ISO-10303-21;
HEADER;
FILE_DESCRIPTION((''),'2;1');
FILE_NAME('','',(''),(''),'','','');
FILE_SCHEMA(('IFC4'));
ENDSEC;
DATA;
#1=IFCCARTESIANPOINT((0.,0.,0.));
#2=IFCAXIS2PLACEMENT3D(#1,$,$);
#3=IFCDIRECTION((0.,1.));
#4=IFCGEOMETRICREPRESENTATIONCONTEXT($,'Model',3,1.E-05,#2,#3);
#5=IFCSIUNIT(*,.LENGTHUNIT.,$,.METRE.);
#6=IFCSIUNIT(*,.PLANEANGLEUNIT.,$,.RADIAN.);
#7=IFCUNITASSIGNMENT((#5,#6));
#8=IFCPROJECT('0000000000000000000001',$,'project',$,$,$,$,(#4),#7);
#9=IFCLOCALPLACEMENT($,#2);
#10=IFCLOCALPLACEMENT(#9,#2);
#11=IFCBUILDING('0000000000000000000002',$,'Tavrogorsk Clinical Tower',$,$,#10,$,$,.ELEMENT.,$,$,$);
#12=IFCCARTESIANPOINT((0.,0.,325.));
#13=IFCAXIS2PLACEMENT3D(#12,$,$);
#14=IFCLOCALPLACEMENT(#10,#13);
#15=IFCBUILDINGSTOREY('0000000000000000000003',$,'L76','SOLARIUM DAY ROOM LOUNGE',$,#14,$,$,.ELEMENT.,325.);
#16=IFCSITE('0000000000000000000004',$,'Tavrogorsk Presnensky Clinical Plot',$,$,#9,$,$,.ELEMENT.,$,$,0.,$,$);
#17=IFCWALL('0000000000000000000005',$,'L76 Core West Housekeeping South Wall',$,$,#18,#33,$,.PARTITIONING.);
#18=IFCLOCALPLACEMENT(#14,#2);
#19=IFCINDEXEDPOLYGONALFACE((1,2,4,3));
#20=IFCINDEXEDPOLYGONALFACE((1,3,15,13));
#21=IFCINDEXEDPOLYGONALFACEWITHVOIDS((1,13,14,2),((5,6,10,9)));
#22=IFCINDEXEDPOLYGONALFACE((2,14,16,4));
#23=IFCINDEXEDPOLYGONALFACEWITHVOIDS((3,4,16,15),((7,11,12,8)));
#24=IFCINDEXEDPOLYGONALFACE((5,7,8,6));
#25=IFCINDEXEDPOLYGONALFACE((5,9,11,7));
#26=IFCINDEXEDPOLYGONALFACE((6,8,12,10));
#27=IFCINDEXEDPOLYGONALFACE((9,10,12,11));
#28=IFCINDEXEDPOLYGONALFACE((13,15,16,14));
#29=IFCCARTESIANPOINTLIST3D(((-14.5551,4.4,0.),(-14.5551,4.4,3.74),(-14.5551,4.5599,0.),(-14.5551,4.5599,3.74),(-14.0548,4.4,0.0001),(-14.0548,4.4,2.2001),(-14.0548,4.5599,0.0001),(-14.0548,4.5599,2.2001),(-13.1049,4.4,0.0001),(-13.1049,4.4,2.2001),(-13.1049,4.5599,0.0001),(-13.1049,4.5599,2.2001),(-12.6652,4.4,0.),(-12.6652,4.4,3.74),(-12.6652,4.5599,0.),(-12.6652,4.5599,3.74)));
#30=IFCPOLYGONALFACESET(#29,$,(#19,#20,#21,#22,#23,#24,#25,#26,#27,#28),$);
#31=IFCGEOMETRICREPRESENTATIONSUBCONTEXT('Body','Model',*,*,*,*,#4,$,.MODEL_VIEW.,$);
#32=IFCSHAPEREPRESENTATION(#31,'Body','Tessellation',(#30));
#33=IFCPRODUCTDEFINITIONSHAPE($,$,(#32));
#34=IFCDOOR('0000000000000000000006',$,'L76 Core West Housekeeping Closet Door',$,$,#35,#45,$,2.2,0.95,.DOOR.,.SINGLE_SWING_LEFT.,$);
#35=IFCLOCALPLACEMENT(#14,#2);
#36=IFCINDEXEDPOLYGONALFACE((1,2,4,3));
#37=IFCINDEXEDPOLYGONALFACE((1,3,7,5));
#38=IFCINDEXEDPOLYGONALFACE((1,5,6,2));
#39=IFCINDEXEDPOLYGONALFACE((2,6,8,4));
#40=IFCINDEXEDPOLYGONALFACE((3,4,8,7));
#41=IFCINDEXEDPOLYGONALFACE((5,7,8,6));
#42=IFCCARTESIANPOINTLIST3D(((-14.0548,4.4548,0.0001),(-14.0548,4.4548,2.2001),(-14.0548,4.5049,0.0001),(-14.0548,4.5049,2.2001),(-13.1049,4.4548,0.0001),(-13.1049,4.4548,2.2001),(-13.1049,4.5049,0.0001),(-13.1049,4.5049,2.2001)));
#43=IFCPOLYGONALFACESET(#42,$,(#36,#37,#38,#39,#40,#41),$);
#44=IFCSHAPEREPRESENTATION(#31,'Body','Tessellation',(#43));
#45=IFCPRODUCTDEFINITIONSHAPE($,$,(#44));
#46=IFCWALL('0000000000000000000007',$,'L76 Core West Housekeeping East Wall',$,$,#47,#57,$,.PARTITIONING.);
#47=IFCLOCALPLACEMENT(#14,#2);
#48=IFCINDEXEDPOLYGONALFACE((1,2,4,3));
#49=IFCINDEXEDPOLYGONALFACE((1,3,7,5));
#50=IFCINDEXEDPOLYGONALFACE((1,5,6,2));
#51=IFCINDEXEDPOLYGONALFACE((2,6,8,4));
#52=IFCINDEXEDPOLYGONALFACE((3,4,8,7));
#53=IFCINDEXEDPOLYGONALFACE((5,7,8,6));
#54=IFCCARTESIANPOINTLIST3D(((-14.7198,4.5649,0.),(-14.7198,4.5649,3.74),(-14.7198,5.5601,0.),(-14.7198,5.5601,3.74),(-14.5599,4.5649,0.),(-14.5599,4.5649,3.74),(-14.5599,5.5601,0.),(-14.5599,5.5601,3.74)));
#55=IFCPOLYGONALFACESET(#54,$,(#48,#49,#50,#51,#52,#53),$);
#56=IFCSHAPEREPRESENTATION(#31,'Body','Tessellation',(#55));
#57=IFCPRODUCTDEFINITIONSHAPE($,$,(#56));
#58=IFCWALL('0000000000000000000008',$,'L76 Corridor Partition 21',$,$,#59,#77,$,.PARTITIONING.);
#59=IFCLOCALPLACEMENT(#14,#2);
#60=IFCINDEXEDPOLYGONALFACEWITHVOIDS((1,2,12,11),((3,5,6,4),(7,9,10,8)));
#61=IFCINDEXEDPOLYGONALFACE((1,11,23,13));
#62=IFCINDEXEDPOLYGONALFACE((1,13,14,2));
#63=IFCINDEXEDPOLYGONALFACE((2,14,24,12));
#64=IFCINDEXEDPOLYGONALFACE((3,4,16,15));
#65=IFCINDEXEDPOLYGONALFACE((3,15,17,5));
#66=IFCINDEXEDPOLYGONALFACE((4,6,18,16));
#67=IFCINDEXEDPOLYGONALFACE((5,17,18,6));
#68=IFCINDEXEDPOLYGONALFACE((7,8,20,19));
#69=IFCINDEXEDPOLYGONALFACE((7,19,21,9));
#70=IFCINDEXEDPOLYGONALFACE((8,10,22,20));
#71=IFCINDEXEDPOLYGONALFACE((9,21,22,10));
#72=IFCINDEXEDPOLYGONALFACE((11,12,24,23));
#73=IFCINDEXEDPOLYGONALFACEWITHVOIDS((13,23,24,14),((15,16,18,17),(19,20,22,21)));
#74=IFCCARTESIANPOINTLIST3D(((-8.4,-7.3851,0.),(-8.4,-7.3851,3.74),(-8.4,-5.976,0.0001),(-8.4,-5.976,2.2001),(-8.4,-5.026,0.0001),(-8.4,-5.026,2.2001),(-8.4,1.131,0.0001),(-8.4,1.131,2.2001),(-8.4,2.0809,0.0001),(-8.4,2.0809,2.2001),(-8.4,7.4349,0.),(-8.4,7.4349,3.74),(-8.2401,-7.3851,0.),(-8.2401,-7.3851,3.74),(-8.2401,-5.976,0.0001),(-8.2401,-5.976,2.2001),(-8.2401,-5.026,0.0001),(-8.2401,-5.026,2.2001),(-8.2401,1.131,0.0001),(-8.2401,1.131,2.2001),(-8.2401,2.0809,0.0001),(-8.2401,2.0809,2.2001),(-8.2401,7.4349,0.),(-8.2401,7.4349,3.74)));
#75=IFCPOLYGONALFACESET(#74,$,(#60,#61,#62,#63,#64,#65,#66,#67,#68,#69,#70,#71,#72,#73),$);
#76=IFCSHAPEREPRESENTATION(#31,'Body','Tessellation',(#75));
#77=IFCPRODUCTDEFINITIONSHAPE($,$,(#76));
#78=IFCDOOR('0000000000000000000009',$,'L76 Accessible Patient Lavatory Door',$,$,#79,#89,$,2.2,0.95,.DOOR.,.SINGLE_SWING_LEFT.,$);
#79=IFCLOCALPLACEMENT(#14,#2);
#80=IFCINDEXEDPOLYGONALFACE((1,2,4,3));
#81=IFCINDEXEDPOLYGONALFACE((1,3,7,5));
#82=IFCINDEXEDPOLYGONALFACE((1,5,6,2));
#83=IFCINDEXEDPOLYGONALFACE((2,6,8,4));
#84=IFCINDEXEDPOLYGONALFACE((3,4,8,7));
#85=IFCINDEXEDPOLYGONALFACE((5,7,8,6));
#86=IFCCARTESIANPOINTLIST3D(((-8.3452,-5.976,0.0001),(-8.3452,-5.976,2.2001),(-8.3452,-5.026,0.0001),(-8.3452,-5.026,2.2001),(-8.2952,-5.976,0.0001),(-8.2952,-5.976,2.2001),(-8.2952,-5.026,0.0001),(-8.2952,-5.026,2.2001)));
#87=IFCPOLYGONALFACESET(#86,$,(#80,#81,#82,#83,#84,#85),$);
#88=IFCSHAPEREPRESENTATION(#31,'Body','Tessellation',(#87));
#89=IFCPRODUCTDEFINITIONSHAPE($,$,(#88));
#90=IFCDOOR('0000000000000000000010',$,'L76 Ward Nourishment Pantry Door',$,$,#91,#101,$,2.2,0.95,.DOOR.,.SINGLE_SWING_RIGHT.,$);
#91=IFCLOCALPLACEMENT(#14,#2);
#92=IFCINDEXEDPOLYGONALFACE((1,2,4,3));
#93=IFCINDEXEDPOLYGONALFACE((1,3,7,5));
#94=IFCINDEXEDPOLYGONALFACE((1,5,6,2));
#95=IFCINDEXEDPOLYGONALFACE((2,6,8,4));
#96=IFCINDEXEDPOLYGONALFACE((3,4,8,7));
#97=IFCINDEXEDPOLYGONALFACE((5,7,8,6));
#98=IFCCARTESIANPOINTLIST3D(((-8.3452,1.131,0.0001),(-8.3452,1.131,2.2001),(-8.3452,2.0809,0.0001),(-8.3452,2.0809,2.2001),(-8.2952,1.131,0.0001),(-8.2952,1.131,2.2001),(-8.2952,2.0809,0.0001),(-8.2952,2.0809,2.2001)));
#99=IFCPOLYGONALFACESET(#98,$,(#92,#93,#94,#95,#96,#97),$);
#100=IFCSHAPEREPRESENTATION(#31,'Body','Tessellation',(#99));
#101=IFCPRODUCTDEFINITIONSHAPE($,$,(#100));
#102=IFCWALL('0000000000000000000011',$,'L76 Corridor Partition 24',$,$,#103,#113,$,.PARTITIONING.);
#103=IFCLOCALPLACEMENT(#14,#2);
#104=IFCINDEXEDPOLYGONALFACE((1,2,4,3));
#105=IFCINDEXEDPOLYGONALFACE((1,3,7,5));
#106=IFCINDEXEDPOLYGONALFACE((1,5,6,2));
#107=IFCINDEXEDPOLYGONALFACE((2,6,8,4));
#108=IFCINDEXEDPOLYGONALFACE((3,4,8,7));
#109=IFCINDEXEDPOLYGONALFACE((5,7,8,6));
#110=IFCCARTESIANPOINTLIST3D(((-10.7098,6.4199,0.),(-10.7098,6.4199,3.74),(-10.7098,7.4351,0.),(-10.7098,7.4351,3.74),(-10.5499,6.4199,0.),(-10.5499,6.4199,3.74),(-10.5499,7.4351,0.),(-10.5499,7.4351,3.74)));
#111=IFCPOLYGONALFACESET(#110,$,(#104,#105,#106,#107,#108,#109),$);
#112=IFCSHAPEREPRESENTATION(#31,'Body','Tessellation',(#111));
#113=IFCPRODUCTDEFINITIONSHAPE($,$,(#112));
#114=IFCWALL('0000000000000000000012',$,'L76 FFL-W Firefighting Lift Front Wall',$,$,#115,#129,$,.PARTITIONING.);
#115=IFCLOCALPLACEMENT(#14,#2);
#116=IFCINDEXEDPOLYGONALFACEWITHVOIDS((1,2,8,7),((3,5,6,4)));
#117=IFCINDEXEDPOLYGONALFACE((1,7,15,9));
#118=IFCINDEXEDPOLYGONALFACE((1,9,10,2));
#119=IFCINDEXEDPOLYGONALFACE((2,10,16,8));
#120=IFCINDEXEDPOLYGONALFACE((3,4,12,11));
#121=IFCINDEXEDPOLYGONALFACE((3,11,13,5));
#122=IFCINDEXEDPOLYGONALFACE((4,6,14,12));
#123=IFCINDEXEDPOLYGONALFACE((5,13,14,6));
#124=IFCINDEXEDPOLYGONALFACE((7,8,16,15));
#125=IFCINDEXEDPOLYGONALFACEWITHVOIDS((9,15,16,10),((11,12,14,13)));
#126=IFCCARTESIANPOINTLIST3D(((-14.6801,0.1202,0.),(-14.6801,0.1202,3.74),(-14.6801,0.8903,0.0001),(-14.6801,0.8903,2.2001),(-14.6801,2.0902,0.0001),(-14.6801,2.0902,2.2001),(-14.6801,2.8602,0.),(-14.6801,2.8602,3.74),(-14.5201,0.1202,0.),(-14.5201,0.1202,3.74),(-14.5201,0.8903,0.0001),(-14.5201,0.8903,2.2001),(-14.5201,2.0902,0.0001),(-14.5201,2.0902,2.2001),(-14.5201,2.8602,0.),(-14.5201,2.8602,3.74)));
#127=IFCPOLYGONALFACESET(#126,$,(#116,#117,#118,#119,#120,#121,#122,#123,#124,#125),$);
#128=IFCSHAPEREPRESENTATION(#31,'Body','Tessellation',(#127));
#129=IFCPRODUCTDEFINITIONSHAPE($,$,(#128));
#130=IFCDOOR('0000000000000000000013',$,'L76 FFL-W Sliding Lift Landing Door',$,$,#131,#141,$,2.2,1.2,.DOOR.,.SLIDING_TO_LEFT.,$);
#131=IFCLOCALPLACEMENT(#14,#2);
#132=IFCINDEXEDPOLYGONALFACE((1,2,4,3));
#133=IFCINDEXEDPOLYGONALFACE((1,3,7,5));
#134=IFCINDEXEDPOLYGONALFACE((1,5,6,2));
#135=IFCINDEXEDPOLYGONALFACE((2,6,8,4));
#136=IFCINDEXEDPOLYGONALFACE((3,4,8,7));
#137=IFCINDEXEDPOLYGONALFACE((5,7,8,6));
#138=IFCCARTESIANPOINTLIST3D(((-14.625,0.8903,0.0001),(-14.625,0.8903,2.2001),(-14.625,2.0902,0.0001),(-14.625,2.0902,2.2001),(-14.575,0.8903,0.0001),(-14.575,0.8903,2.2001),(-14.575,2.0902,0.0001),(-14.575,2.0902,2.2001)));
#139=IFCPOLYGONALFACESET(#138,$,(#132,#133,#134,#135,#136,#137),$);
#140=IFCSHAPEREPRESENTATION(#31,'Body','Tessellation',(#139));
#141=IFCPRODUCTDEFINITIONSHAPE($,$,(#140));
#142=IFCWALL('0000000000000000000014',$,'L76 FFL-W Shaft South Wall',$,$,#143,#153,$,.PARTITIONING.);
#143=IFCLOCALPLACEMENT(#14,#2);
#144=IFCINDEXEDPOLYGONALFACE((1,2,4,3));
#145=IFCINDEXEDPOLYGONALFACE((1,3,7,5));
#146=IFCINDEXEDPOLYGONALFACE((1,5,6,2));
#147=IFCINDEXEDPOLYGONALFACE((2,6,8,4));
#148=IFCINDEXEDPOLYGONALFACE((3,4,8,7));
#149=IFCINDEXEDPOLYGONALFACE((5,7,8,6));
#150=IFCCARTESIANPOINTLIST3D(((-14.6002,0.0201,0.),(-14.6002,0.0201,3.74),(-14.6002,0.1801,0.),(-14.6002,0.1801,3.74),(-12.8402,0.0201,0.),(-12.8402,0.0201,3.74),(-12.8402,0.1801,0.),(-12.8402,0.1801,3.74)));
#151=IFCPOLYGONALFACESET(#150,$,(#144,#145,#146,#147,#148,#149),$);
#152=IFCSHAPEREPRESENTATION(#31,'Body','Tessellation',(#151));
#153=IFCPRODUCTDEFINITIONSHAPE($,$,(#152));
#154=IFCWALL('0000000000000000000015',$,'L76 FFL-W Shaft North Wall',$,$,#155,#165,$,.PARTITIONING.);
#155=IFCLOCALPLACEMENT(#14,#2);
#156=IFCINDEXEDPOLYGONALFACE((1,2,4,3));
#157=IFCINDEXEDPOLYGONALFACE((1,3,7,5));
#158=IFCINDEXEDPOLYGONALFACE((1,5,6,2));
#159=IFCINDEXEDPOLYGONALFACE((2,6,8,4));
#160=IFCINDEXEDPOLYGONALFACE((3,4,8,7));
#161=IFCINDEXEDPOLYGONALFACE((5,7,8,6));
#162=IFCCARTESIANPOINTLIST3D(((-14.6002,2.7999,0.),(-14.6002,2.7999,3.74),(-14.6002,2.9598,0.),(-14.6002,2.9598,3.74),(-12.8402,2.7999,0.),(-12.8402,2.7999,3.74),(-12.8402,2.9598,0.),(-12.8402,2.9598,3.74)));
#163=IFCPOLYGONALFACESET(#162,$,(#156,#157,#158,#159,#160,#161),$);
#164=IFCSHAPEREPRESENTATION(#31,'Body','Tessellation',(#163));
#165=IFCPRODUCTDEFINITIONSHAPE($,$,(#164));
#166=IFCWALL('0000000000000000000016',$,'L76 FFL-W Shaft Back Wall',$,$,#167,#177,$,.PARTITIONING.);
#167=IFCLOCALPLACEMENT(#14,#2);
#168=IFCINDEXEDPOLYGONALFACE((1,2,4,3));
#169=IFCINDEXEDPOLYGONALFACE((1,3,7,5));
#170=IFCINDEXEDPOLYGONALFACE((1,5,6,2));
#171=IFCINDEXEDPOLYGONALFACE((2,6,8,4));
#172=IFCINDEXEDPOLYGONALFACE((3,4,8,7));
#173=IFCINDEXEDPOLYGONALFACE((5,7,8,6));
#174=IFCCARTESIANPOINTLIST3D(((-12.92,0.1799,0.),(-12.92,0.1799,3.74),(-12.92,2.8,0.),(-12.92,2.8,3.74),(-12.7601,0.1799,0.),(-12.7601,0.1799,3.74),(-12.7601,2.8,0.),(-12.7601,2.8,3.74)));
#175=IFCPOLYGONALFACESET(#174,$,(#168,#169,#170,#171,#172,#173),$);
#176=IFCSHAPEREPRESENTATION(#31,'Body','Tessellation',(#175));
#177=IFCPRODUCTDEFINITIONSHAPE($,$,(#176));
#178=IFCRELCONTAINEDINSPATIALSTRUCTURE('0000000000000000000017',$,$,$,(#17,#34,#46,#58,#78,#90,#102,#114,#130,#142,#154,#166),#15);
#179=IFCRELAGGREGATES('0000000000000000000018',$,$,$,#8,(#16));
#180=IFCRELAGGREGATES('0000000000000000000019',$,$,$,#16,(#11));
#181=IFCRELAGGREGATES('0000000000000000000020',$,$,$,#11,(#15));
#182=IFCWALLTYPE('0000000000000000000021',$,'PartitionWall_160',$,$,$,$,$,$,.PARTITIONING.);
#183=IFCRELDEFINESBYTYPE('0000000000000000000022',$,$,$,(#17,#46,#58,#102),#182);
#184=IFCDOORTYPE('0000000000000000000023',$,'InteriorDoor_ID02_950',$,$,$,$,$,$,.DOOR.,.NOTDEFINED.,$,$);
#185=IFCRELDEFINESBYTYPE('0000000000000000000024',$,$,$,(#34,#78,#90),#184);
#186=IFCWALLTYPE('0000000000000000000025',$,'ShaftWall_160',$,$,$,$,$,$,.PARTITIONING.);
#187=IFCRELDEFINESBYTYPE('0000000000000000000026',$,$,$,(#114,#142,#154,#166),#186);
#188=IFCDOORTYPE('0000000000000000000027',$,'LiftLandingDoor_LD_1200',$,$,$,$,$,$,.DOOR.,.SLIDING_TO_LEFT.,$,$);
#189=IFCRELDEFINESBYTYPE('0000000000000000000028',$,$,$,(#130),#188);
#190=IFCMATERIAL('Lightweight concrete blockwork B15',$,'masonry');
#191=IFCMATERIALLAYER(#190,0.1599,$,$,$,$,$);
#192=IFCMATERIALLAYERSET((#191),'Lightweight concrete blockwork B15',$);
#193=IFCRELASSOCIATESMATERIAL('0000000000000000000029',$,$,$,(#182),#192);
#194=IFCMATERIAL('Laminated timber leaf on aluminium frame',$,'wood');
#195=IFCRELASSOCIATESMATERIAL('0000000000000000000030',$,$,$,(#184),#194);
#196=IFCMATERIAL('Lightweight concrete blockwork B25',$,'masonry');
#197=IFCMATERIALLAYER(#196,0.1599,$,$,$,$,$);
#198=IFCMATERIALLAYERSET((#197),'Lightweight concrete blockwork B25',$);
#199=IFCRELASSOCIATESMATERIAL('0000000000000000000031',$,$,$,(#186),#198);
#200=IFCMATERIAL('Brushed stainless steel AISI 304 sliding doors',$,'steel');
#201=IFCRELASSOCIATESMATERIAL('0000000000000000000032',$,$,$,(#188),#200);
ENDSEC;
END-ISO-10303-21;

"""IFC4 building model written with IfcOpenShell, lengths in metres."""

from ifc_helpers import new_model, si_unit, direction, frame, frame_2d, origin, place, context, subcontext, project, spatial, rectangle, extrude, material, layer, layer_set, type_object, element, fill, save


model = new_model("IFC4")

# Units and contexts
model_context = context("Model", 3, precision=1e-05, world=origin(), true_north=direction((0.0, 1.0)))
body_context = subcontext(model_context, "Body", "Model", "MODEL_VIEW")
ifc_project = project(units=[si_unit("LENGTHUNIT", "METRE"), si_unit("PLANEANGLEUNIT", "RADIAN")], contexts=[model_context])

# Site, building, storey
site_placement = place(None, origin())
site = spatial("IfcSite", under=ifc_project, at=site_placement, Name="Tavrogorsk Presnensky Clinical Plot", CompositionType="ELEMENT", RefElevation=0.0)
building_placement = place(site_placement, origin())
building = spatial("IfcBuilding", under=site, at=building_placement, Name="Tavrogorsk Clinical Tower", CompositionType="ELEMENT")
storey_placement = place(building_placement, frame((0.0, 0.0, 325.0)))
storey = spatial("IfcBuildingStorey", under=building, at=storey_placement, Name="L76", Description="SOLARIUM DAY ROOM LOUNGE", CompositionType="ELEMENT", Elevation=325.0)

# Wall, opening, door
ifc_material_1 = material(Name="Lightweight concrete blockwork B15", Category="masonry")
ifc_layer_1 = layer(ifc_material_1, 0.1599)
ifc_layer_set_1 = layer_set([ifc_layer_1], Name="Lightweight concrete blockwork B15")
wall_type_1 = type_object("IfcWallType", Name="PartitionWall_160", PredefinedType="PARTITIONING", material=ifc_layer_set_1)
ifc_material_2 = material(Name="Laminated timber leaf on aluminium frame", Category="wood")
door_type_1 = type_object("IfcDoorType", Name="InteriorDoor_ID02_950", OperationType="NOTDEFINED", PredefinedType="DOOR", material=ifc_material_2)
wall_1_placement = place(storey_placement, frame((-14.5549, 4.48, 0.0), z_axis=(0.0, 0.0, 1.0), x_axis=(1.0, 0.0, 0.0)))
wall_1 = element("IfcWall", 1, at=wall_1_placement, inside=storey, type_object=wall_type_1, Name="L76 Core West Housekeeping South Wall", PredefinedType="PARTITIONING", context=body_context, shape_type="SweptSolid", body=[
    extrude(rectangle(XDim=1.8899, YDim=0.1599, at=frame_2d((0.9448, 0.0))), origin(), (0.0, 0.0, 1.0), 3.74),
])
opening_1_placement = place(wall_1_placement, frame((0.5, 0.0, 0.0)))
opening_1 = element("IfcOpeningElement", 2, at=opening_1_placement, cuts=wall_1, PredefinedType="OPENING", context=body_context, shape_type="SweptSolid", body=[
    extrude(rectangle(XDim=0.95, YDim=2.2, at=frame_2d((0.4751, 1.1001))), frame((0.0, 0.0898, 0.0), z_axis=(0.0, -1.0, 0.0), x_axis=(1.0, 0.0, 0.0)), (0.0, 0.0, 1.0), 0.1799),
])
door_1_placement = place(opening_1_placement, origin())
door_1 = element("IfcDoor", 3, at=door_1_placement, inside=storey, type_object=door_type_1, Name="L76 Core West Housekeeping Closet Door", OperationType="SINGLE_SWING_LEFT", OverallHeight=2.2, OverallWidth=0.95, PredefinedType="DOOR", context=body_context, shape_type="SweptSolid", body=[
    extrude(rectangle(XDim=0.95, YDim=2.2, at=frame_2d((0.4751, 1.1001))), frame((0.0, 0.0249, 0.0), z_axis=(0.0, -1.0, 0.0), x_axis=(1.0, 0.0, 0.0)), (0.0, 0.0, 1.0), 0.05),
])
fill(opening_1, door_1)

# Wall
wall_2_placement = place(storey_placement, frame((-14.6399, 4.5649, 0.0), z_axis=(0.0, 0.0, 1.0), x_axis=(0.0, 1.0, 0.0)))
element("IfcWall", 4, at=wall_2_placement, inside=storey, type_object=wall_type_1, Name="L76 Core West Housekeeping East Wall", PredefinedType="PARTITIONING", context=body_context, shape_type="SweptSolid", body=[
    extrude(rectangle(XDim=0.9951, YDim=0.1599, at=frame_2d((0.4976, 0.0))), origin(), (0.0, 0.0, 1.0), 3.74),
])

# Wall, openings, doors
wall_3_placement = place(storey_placement, frame((-8.3201, 7.4351, 0.0), z_axis=(0.0, 0.0, 1.0), x_axis=(0.0, -1.0, 0.0)))
wall_3 = element("IfcWall", 5, at=wall_3_placement, inside=storey, type_object=wall_type_1, Name="L76 Corridor Partition 21", PredefinedType="PARTITIONING", context=body_context, shape_type="SweptSolid", body=[
    extrude(rectangle(XDim=14.8201, YDim=0.1599, at=frame_2d((7.4102, 0.0))), origin(), (0.0, 0.0, 1.0), 3.74),
])
opening_2_placement = place(wall_3_placement, frame((12.4609, 0.0, 0.0)))
opening_2 = element("IfcOpeningElement", 6, at=opening_2_placement, cuts=wall_3, PredefinedType="OPENING", context=body_context, shape_type="SweptSolid", body=[
    extrude(rectangle(XDim=0.95, YDim=2.2, at=frame_2d((0.4751, 1.1001))), frame((0.0, 0.0898, 0.0), z_axis=(0.0, -1.0, 0.0), x_axis=(1.0, 0.0, 0.0)), (0.0, 0.0, 1.0), 0.1799),
])
opening_3_placement = place(wall_3_placement, frame((5.354, 0.0, 0.0)))
opening_3 = element("IfcOpeningElement", 7, at=opening_3_placement, cuts=wall_3, PredefinedType="OPENING", context=body_context, shape_type="SweptSolid", body=[
    extrude(rectangle(XDim=0.95, YDim=2.2, at=frame_2d((0.4751, 1.1001))), frame((0.0, 0.0898, 0.0), z_axis=(0.0, -1.0, 0.0), x_axis=(1.0, 0.0, 0.0)), (0.0, 0.0, 1.0), 0.1799),
])
door_2_placement = place(opening_2_placement, origin())
door_2 = element("IfcDoor", 8, at=door_2_placement, inside=storey, type_object=door_type_1, Name="L76 Accessible Patient Lavatory Door", OperationType="SINGLE_SWING_LEFT", OverallHeight=2.2, OverallWidth=0.95, PredefinedType="DOOR", context=body_context, shape_type="SweptSolid", body=[
    extrude(rectangle(XDim=0.95, YDim=2.2, at=frame_2d((0.4751, 1.1001))), frame((0.0, 0.0249, 0.0), z_axis=(0.0, -1.0, 0.0), x_axis=(1.0, 0.0, 0.0)), (0.0, 0.0, 1.0), 0.05),
])
fill(opening_2, door_2)
door_3_placement = place(opening_3_placement, origin())
door_3 = element("IfcDoor", 9, at=door_3_placement, inside=storey, type_object=door_type_1, Name="L76 Ward Nourishment Pantry Door", OperationType="SINGLE_SWING_RIGHT", OverallHeight=2.2, OverallWidth=0.95, PredefinedType="DOOR", context=body_context, shape_type="SweptSolid", body=[
    extrude(rectangle(XDim=0.95, YDim=2.2, at=frame_2d((0.4751, 1.1001))), frame((0.0, 0.0249, 0.0), z_axis=(0.0, -1.0, 0.0), x_axis=(1.0, 0.0, 0.0)), (0.0, 0.0, 1.0), 0.05),
])
fill(opening_3, door_3)

# Wall
wall_4_placement = place(storey_placement, frame((-10.6299, 6.4199, 0.0), z_axis=(0.0, 0.0, 1.0), x_axis=(0.0, 1.0, 0.0)))
element("IfcWall", 10, at=wall_4_placement, inside=storey, type_object=wall_type_1, Name="L76 Corridor Partition 24", PredefinedType="PARTITIONING", context=body_context, shape_type="SweptSolid", body=[
    extrude(rectangle(XDim=1.0151, YDim=0.1599, at=frame_2d((0.5076, 0.0))), origin(), (0.0, 0.0, 1.0), 3.74),
])

# Wall, opening, door
ifc_material_3 = material(Name="Lightweight concrete blockwork B25", Category="masonry")
ifc_layer_2 = layer(ifc_material_3, 0.1599)
ifc_layer_set_2 = layer_set([ifc_layer_2], Name="Lightweight concrete blockwork B25")
wall_type_2 = type_object("IfcWallType", Name="ShaftWall_160", PredefinedType="PARTITIONING", material=ifc_layer_set_2)
wall_5_placement = place(storey_placement, frame((-14.6001, 0.1201, 0.0), z_axis=(0.0, 0.0, 1.0), x_axis=(0.0, 1.0, 0.0)))
wall_5 = element("IfcWall", 11, at=wall_5_placement, inside=storey, type_object=wall_type_2, Name="L76 FFL-W Firefighting Lift Front Wall", PredefinedType="PARTITIONING", context=body_context, shape_type="SweptSolid", body=[
    extrude(rectangle(XDim=2.74, YDim=0.1599, at=frame_2d((1.3701, 0.0))), origin(), (0.0, 0.0, 1.0), 3.74),
])
opening_4_placement = place(wall_5_placement, frame((0.77, 0.0, 0.0)))
opening_4 = element("IfcOpeningElement", 12, at=opening_4_placement, cuts=wall_5, PredefinedType="OPENING", context=body_context, shape_type="SweptSolid", body=[
    extrude(rectangle(XDim=1.2, YDim=2.2, at=frame_2d((0.6001, 1.1001))), frame((0.0, 0.0898, 0.0), z_axis=(0.0, -1.0, 0.0), x_axis=(1.0, 0.0, 0.0)), (0.0, 0.0, 1.0), 0.1799),
])
ifc_material_4 = material(Name="Brushed stainless steel AISI 304 sliding doors", Category="steel")
door_type_2 = type_object("IfcDoorType", Name="LiftLandingDoor_LD_1200", OperationType="SLIDING_TO_LEFT", PredefinedType="DOOR", material=ifc_material_4)
door_4_placement = place(opening_4_placement, origin())
door_4 = element("IfcDoor", 13, at=door_4_placement, inside=storey, type_object=door_type_2, Name="L76 FFL-W Sliding Lift Landing Door", OperationType="SLIDING_TO_LEFT", OverallHeight=2.2, OverallWidth=1.2, PredefinedType="DOOR", context=body_context, shape_type="SweptSolid", body=[
    extrude(rectangle(XDim=1.2, YDim=2.2, at=frame_2d((0.6001, 1.1001))), frame((0.0, 0.0249, 0.0), z_axis=(0.0, -1.0, 0.0), x_axis=(1.0, 0.0, 0.0)), (0.0, 0.0, 1.0), 0.05),
])
fill(opening_4, door_4)

# Walls
for number, where, z_axis, x_axis, name in (
    (14, (-14.6001, 0.1001, 0.0), (0.0, 0.0, 1.0), (1.0, 0.0, 0.0), "L76 FFL-W Shaft South Wall"),
    (15, (-14.6001, 2.8799, 0.0), (0.0, 0.0, 1.0), (1.0, 0.0, 0.0), "L76 FFL-W Shaft North Wall"),
):
    element("IfcWall", number, at=place(storey_placement, frame(where, z_axis=z_axis, x_axis=x_axis)), inside=storey, type_object=wall_type_2, Name=name, PredefinedType="PARTITIONING", context=body_context, shape_type="SweptSolid", body=[
        extrude(rectangle(XDim=1.76, YDim=0.1599, at=frame_2d((0.8799, 0.0))), origin(), (0.0, 0.0, 1.0), 3.74),
    ])
wall_6_placement = place(storey_placement, frame((-12.8401, 0.1799, 0.0), z_axis=(0.0, 0.0, 1.0), x_axis=(0.0, 1.0, 0.0)))
element("IfcWall", 16, at=wall_6_placement, inside=storey, type_object=wall_type_2, Name="L76 FFL-W Shaft Back Wall", PredefinedType="PARTITIONING", context=body_context, shape_type="SweptSolid", body=[
    extrude(rectangle(XDim=2.6201, YDim=0.1599, at=frame_2d((1.3101, 0.0))), origin(), (0.0, 0.0, 1.0), 3.74),
])

save(model, "model.ifc")
